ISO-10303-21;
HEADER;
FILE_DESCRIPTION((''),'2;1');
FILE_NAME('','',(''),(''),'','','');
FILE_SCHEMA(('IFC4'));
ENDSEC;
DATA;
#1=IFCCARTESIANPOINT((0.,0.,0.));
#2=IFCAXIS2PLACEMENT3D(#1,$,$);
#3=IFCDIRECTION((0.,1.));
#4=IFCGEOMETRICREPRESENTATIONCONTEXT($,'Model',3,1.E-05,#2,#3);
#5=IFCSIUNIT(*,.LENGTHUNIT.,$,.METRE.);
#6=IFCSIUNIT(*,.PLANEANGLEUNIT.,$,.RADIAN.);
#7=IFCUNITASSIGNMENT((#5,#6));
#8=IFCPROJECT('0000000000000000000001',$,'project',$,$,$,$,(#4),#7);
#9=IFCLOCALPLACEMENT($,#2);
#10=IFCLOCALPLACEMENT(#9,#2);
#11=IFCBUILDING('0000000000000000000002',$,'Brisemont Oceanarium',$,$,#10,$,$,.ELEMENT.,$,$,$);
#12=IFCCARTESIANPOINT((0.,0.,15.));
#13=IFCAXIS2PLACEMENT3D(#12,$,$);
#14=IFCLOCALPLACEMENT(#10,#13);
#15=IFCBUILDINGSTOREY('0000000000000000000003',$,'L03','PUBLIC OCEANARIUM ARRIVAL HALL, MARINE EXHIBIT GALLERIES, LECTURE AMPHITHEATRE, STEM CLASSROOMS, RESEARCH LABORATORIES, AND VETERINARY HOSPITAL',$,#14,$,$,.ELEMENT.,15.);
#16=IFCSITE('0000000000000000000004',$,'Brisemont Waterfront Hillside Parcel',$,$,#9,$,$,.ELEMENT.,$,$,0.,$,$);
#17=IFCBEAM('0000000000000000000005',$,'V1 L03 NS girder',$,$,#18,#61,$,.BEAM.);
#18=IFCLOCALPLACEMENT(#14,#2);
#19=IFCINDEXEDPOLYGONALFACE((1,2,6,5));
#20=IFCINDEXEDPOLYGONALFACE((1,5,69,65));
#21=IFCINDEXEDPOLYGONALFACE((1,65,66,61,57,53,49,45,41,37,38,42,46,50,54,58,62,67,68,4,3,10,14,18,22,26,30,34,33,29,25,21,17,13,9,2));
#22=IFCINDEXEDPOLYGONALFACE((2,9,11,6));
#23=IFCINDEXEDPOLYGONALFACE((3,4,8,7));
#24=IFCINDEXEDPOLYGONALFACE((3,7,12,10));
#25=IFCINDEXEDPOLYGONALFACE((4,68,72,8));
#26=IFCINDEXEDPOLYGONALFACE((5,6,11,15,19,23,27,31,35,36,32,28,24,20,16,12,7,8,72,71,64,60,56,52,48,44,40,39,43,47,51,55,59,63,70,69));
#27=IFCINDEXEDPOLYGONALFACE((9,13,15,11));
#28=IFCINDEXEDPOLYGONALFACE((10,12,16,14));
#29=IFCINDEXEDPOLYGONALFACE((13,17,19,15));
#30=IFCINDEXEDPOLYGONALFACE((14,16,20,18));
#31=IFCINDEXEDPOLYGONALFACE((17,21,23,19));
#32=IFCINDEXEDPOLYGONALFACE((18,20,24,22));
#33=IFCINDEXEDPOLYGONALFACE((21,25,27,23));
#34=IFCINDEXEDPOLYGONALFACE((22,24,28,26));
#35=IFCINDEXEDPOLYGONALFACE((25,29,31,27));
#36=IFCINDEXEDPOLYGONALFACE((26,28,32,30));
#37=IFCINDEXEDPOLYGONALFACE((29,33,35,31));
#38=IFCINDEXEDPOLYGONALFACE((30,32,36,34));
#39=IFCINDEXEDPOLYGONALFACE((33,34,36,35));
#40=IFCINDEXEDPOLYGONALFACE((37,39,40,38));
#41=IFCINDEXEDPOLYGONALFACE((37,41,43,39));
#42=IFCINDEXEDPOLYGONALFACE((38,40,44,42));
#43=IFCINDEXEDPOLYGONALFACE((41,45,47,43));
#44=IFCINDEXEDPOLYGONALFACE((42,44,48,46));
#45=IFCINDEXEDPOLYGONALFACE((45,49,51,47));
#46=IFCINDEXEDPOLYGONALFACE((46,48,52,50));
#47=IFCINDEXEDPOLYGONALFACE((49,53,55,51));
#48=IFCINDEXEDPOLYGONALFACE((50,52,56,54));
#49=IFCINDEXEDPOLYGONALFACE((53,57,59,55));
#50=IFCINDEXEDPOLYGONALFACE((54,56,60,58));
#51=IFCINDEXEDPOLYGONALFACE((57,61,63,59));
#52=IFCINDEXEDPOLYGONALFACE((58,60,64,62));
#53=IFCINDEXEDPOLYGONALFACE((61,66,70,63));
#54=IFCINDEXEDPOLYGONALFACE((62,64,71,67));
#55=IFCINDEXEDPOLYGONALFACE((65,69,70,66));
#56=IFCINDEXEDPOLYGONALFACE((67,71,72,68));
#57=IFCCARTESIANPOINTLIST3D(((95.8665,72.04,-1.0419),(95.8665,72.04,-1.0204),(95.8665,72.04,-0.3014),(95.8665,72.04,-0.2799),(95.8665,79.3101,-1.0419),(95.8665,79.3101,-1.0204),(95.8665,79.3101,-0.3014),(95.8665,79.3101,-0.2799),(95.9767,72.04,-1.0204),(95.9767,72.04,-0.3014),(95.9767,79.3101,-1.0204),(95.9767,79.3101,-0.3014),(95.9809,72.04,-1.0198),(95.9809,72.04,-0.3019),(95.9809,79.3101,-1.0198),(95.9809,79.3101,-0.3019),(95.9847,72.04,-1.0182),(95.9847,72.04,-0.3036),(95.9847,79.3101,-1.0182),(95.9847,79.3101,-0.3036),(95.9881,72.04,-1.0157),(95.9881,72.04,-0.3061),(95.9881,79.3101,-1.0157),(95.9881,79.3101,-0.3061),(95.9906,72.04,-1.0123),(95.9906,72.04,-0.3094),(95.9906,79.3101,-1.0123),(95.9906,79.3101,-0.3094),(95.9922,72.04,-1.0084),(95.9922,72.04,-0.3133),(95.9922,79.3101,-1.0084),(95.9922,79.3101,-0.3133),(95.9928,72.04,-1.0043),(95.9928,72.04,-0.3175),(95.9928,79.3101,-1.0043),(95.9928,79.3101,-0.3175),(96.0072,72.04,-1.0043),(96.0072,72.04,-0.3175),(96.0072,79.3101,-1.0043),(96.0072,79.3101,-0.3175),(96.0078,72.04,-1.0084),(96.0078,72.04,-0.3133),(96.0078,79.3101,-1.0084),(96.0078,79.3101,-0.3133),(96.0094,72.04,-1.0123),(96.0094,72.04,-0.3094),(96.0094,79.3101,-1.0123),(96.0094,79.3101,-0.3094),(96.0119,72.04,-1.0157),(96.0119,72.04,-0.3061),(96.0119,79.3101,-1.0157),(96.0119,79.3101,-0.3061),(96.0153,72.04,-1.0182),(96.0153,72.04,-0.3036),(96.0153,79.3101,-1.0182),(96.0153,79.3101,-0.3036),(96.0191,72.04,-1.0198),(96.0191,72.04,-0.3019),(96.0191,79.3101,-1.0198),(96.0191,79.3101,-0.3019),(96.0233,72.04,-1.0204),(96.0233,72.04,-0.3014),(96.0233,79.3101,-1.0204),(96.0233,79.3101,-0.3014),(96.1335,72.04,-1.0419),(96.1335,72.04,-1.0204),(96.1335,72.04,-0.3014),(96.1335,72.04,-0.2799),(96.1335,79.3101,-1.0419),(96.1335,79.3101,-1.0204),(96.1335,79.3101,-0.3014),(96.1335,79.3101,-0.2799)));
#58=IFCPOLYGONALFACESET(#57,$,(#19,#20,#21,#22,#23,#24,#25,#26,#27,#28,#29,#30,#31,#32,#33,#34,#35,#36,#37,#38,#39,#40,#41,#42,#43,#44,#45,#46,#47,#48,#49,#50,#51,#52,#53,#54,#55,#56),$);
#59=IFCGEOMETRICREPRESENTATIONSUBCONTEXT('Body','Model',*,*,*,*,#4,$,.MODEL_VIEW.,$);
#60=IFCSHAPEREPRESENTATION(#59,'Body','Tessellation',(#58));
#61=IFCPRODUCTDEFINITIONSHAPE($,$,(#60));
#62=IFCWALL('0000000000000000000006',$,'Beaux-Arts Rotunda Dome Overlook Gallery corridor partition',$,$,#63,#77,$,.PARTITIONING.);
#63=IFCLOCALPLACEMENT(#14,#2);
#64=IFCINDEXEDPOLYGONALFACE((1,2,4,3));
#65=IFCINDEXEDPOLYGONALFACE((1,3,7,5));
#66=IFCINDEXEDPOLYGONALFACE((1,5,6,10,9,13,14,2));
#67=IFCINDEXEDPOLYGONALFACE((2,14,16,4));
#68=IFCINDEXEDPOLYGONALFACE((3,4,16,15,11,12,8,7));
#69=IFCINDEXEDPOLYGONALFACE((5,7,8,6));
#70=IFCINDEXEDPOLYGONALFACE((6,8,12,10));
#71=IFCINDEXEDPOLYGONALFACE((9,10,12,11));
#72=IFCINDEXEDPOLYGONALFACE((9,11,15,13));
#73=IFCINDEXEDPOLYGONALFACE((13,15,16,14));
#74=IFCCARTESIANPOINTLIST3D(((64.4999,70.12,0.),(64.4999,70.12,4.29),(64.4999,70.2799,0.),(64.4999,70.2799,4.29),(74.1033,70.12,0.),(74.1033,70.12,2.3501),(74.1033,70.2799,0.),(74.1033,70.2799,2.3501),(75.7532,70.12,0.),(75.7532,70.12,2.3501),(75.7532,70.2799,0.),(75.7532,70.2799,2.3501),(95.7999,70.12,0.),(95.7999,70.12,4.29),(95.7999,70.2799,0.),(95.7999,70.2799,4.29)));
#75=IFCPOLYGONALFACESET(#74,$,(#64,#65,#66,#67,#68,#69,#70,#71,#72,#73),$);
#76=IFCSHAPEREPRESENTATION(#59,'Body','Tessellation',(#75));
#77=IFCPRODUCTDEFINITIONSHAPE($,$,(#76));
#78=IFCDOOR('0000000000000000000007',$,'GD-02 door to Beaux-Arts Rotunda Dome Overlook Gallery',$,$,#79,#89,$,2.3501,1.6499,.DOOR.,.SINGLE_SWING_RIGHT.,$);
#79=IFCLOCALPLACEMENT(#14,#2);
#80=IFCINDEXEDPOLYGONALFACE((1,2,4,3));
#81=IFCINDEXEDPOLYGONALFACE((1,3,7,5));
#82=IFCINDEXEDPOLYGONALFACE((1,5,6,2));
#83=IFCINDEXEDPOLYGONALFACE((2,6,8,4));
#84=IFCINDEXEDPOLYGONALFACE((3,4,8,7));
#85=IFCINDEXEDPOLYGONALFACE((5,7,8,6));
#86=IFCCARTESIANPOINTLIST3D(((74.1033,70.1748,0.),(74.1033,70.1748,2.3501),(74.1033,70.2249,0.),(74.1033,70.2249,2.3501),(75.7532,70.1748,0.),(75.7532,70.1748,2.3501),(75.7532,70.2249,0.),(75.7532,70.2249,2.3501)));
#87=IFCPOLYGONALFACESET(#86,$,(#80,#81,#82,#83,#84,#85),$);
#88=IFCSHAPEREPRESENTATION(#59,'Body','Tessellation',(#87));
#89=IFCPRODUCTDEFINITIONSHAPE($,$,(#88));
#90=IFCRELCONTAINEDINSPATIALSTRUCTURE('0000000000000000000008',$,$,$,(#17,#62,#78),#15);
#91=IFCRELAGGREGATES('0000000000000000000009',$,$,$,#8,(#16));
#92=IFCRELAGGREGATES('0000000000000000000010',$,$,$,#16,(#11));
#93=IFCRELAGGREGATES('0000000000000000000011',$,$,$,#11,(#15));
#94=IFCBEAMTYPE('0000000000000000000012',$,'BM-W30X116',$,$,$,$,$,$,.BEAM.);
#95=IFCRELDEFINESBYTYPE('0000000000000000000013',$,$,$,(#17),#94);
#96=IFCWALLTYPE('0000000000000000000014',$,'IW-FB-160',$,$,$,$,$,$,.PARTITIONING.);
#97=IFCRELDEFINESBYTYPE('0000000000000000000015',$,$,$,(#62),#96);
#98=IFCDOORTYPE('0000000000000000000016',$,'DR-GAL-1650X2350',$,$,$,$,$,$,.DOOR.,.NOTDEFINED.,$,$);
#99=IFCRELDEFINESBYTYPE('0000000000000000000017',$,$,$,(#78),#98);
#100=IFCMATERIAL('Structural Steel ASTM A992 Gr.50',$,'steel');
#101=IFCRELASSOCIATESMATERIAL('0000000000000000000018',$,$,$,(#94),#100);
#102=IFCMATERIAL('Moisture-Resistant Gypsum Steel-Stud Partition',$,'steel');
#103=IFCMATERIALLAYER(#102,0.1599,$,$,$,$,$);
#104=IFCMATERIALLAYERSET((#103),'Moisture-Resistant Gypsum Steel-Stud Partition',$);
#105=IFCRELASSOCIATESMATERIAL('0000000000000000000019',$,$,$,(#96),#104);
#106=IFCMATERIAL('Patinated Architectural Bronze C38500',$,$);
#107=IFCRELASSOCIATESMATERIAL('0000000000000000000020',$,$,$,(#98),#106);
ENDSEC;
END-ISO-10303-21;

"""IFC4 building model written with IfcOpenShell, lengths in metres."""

from ifc_helpers import new_model, si_unit, direction, frame, frame_2d, origin, origin_2d, place, context, subcontext, project, spatial, rectangle, i_section, extrude, material, layer, layer_set, material_profile, profile_set, type_object, element, fill, save


model = new_model("IFC4")

# Units and contexts
model_context = context("Model", 3, precision=1e-05, world=origin(), true_north=direction((0.0, 1.0)))
body_context = subcontext(model_context, "Body", "Model", "MODEL_VIEW")
ifc_project = project(units=[si_unit("LENGTHUNIT", "METRE"), si_unit("PLANEANGLEUNIT", "RADIAN")], contexts=[model_context])

# Site, building, storey
site_placement = place(None, origin())
site = spatial("IfcSite", under=ifc_project, at=site_placement, Name="Brisemont Waterfront Hillside Parcel", CompositionType="ELEMENT", RefElevation=0.0)
building_placement = place(site_placement, origin())
building = spatial("IfcBuilding", under=site, at=building_placement, Name="Brisemont Oceanarium", CompositionType="ELEMENT")
storey_placement = place(building_placement, frame((0.0, 0.0, 15.0)))
storey = spatial("IfcBuildingStorey", under=building, at=storey_placement, Name="L03", Description="PUBLIC OCEANARIUM ARRIVAL HALL, MARINE EXHIBIT GALLERIES, LECTURE AMPHITHEATRE, STEM CLASSROOMS, RESEARCH LABORATORIES, AND VETERINARY HOSPITAL", CompositionType="ELEMENT", Elevation=15.0)

# Beam
ifc_material_1 = material(Name="Structural Steel ASTM A992 Gr.50", Category="steel")
ifc_material_profile_1 = material_profile(ifc_material_1, i_section(OverallWidth=0.2671, OverallDepth=0.762, WebThickness=0.0144, FlangeThickness=0.0215, FilletRadius=0.0161, at=origin_2d()), Name="W30X116")
ifc_profile_set_1 = profile_set([ifc_material_profile_1], Name="Structural Steel ASTM A992 Gr.50")
beam_type_1 = type_object("IfcBeamType", Name="BM-W30X116", PredefinedType="BEAM", material=ifc_profile_set_1)
beam_1_placement = place(storey_placement, frame((96.0, 72.04, -0.6609), z_axis=(0.0, 1.0, 0.0), x_axis=(-1.0, 0.0, 0.0)))
element("IfcBeam", 1, at=beam_1_placement, inside=storey, type_object=beam_type_1, Name="V1 L03 NS girder", PredefinedType="BEAM", context=body_context, shape_type="SweptSolid", body=[
    extrude(i_section(OverallWidth=0.2671, OverallDepth=0.762, WebThickness=0.0144, FlangeThickness=0.0215, FilletRadius=0.0161, at=origin_2d()), origin(), (0.0, 0.0, 1.0), 7.27),
])

# Wall, opening, door
ifc_material_2 = material(Name="Moisture-Resistant Gypsum Steel-Stud Partition", Category="steel")
ifc_layer = layer(ifc_material_2, 0.1599)
ifc_layer_set = layer_set([ifc_layer], Name="Moisture-Resistant Gypsum Steel-Stud Partition")
wall_type = type_object("IfcWallType", Name="IW-FB-160", PredefinedType="PARTITIONING", material=ifc_layer_set)
wall_placement = place(storey_placement, frame((64.5, 70.2, 0.0), z_axis=(0.0, 0.0, 1.0), x_axis=(1.0, 0.0, 0.0)))
wall = element("IfcWall", 2, at=wall_placement, inside=storey, type_object=wall_type, Name="Beaux-Arts Rotunda Dome Overlook Gallery corridor partition", PredefinedType="PARTITIONING", context=body_context, shape_type="SweptSolid", body=[
    extrude(rectangle(XDim=31.3, YDim=0.1599, at=frame_2d((15.6499, 0.0))), origin(), (0.0, 0.0, 1.0), 4.29),
])
opening_placement = place(wall_placement, frame((9.6033, 0.0, 0.0)))
opening = element("IfcOpeningElement", 3, at=opening_placement, cuts=wall, PredefinedType="OPENING", context=body_context, shape_type="SweptSolid", body=[
    extrude(rectangle(XDim=1.6499, YDim=2.3501, at=frame_2d((0.825, 1.175))), frame((0.0, 0.0898, 0.0), z_axis=(0.0, -1.0, 0.0), x_axis=(1.0, 0.0, 0.0)), (0.0, 0.0, 1.0), 0.1799),
])
ifc_material_3 = material(Name="Patinated Architectural Bronze C38500")
door_type = type_object("IfcDoorType", Name="DR-GAL-1650X2350", OperationType="NOTDEFINED", PredefinedType="DOOR", material=ifc_material_3)
door_placement = place(opening_placement, origin())
door = element("IfcDoor", 4, at=door_placement, inside=storey, type_object=door_type, Name="GD-02 door to Beaux-Arts Rotunda Dome Overlook Gallery", OperationType="SINGLE_SWING_RIGHT", OverallHeight=2.3501, OverallWidth=1.6499, PredefinedType="DOOR", context=body_context, shape_type="SweptSolid", body=[
    extrude(rectangle(XDim=1.6499, YDim=2.3501, at=frame_2d((0.825, 1.175))), frame((0.0, 0.0249, 0.0), z_axis=(0.0, -1.0, 0.0), x_axis=(1.0, 0.0, 0.0)), (0.0, 0.0, 1.0), 0.05),
])
fill(opening, door)

save(model, "model.ifc")
